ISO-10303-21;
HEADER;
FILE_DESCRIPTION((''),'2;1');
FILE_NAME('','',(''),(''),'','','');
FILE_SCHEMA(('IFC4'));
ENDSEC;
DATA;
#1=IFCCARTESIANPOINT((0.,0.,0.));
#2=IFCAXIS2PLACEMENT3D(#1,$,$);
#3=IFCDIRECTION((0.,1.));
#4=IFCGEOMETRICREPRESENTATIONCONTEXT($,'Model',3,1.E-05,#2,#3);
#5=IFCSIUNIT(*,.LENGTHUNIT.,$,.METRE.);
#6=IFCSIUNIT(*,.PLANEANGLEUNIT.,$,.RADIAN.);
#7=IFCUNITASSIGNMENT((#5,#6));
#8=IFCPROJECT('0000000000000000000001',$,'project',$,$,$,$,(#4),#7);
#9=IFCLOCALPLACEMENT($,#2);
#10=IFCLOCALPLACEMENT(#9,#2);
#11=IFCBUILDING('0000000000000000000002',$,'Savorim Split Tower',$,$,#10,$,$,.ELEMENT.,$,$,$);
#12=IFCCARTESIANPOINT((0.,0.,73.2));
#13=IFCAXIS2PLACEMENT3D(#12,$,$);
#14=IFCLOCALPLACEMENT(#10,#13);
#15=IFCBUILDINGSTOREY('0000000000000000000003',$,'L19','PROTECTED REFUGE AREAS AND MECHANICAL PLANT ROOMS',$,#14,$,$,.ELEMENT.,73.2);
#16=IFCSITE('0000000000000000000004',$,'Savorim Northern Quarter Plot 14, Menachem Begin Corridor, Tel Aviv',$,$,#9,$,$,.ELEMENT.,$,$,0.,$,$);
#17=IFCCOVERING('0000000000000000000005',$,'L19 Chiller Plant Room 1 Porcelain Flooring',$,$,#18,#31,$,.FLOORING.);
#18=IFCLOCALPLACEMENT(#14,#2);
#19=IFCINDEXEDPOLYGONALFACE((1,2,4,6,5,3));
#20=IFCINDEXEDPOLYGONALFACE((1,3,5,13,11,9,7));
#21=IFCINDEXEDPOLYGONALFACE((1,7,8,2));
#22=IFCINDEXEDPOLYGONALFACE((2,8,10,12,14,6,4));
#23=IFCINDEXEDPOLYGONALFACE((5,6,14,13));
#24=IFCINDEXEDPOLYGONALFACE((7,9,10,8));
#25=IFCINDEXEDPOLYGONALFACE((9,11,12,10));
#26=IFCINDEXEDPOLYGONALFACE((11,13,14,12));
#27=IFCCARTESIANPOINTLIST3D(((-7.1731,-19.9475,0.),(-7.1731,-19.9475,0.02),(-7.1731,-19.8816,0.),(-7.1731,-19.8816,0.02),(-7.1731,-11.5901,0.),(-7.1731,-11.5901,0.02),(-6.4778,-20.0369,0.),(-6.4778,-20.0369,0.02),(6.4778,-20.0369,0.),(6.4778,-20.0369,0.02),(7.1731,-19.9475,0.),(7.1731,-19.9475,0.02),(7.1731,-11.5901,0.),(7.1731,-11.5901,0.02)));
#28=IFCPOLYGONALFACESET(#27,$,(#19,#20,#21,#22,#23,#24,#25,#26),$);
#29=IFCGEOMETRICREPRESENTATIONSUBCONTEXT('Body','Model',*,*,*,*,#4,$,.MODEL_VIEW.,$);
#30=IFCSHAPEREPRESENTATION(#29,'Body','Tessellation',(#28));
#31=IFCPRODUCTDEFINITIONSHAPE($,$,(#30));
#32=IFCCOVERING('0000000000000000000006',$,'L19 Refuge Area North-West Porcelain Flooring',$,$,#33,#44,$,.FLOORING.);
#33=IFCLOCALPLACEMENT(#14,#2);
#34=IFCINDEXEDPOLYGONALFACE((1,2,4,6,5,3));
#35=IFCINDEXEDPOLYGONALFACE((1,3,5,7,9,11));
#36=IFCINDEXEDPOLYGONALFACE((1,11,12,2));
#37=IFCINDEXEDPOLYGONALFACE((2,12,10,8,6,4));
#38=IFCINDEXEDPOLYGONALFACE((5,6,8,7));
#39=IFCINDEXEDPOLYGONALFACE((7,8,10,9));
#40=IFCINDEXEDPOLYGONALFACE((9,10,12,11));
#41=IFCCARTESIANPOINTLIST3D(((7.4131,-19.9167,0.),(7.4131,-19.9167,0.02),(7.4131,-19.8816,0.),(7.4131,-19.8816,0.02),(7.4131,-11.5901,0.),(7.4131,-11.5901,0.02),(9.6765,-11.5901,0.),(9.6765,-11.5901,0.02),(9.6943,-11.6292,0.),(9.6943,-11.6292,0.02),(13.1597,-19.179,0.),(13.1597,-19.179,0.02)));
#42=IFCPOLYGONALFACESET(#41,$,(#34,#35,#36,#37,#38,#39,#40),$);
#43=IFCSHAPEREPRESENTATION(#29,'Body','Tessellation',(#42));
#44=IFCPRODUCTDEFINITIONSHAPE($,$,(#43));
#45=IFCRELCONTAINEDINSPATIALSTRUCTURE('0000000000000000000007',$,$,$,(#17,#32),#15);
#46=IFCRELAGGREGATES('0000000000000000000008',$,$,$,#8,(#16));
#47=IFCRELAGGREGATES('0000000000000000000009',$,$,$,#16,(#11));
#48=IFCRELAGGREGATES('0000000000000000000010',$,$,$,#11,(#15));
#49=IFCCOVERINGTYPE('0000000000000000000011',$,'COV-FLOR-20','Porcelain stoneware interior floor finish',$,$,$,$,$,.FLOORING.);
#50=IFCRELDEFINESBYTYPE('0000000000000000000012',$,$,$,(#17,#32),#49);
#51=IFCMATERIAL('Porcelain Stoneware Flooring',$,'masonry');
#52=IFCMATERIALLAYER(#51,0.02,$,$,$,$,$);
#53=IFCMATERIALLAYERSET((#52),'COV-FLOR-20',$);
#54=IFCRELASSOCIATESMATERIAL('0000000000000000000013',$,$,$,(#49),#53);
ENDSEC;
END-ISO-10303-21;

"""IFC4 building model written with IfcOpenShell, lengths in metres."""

from ifc_helpers import new_model, si_unit, direction, frame, origin, place, context, subcontext, project, spatial, polyline, outline, extrude, material, layer, layer_set, type_object, element, save


model = new_model("IFC4")

# Units and contexts
model_context = context("Model", 3, precision=1e-05, world=origin(), true_north=direction((0.0, 1.0)))
body_context = subcontext(model_context, "Body", "Model", "MODEL_VIEW")
ifc_project = project(units=[si_unit("LENGTHUNIT", "METRE"), si_unit("PLANEANGLEUNIT", "RADIAN")], contexts=[model_context])

# Site, building, storey
site_placement = place(None, origin())
site = spatial("IfcSite", under=ifc_project, at=site_placement, Name="Savorim Northern Quarter Plot 14, Menachem Begin Corridor, Tel Aviv", CompositionType="ELEMENT", RefElevation=0.0)
building_placement = place(site_placement, origin())
building = spatial("IfcBuilding", under=site, at=building_placement, Name="Savorim Split Tower", CompositionType="ELEMENT")
storey_placement = place(building_placement, frame((0.0, 0.0, 73.2)))
storey = spatial("IfcBuildingStorey", under=building, at=storey_placement, Name="L19", Description="PROTECTED REFUGE AREAS AND MECHANICAL PLANT ROOMS", CompositionType="ELEMENT", Elevation=73.2)

# Coverings
ifc_material_1 = material(Name="Porcelain Stoneware Flooring", Category="masonry")
ifc_layer_1 = layer(ifc_material_1, 0.02)
ifc_layer_set_1 = layer_set([ifc_layer_1], Name="COV-FLOR-20")
covering_type_1 = type_object("IfcCoveringType", Name="COV-FLOR-20", Description="Porcelain stoneware interior floor finish", PredefinedType="FLOORING", material=ifc_layer_set_1)
covering_1_placement = place(storey_placement, origin())
element("IfcCovering", 1, at=covering_1_placement, inside=storey, type_object=covering_type_1, Name="L19 Chiller Plant Room 1 Porcelain Flooring", PredefinedType="FLOORING", context=body_context, shape_type="SweptSolid", body=[
    extrude(outline(polyline([(-7.1731, -19.9475), (-6.4778, -20.0369), (6.4778, -20.0369), (7.1731, -19.9475), (7.1731, -11.5901), (-7.1731, -11.5901), (-7.1731, -19.8816), (-7.1731, -19.9475)])), origin(), (0.0, 0.0, 1.0), 0.02),
])
covering_2_placement = place(storey_placement, origin())
element("IfcCovering", 2, at=covering_2_placement, inside=storey, type_object=covering_type_1, Name="L19 Refuge Area North-West Porcelain Flooring", PredefinedType="FLOORING", context=body_context, shape_type="SweptSolid", body=[
    extrude(outline(polyline([(7.4131, -11.5901), (7.4131, -19.8816), (7.4131, -19.9167), (13.1597, -19.179), (9.6943, -11.6292), (9.6765, -11.5901), (7.4131, -11.5901)])), origin(), (0.0, 0.0, 1.0), 0.02),
])

save(model, "model.ifc")
